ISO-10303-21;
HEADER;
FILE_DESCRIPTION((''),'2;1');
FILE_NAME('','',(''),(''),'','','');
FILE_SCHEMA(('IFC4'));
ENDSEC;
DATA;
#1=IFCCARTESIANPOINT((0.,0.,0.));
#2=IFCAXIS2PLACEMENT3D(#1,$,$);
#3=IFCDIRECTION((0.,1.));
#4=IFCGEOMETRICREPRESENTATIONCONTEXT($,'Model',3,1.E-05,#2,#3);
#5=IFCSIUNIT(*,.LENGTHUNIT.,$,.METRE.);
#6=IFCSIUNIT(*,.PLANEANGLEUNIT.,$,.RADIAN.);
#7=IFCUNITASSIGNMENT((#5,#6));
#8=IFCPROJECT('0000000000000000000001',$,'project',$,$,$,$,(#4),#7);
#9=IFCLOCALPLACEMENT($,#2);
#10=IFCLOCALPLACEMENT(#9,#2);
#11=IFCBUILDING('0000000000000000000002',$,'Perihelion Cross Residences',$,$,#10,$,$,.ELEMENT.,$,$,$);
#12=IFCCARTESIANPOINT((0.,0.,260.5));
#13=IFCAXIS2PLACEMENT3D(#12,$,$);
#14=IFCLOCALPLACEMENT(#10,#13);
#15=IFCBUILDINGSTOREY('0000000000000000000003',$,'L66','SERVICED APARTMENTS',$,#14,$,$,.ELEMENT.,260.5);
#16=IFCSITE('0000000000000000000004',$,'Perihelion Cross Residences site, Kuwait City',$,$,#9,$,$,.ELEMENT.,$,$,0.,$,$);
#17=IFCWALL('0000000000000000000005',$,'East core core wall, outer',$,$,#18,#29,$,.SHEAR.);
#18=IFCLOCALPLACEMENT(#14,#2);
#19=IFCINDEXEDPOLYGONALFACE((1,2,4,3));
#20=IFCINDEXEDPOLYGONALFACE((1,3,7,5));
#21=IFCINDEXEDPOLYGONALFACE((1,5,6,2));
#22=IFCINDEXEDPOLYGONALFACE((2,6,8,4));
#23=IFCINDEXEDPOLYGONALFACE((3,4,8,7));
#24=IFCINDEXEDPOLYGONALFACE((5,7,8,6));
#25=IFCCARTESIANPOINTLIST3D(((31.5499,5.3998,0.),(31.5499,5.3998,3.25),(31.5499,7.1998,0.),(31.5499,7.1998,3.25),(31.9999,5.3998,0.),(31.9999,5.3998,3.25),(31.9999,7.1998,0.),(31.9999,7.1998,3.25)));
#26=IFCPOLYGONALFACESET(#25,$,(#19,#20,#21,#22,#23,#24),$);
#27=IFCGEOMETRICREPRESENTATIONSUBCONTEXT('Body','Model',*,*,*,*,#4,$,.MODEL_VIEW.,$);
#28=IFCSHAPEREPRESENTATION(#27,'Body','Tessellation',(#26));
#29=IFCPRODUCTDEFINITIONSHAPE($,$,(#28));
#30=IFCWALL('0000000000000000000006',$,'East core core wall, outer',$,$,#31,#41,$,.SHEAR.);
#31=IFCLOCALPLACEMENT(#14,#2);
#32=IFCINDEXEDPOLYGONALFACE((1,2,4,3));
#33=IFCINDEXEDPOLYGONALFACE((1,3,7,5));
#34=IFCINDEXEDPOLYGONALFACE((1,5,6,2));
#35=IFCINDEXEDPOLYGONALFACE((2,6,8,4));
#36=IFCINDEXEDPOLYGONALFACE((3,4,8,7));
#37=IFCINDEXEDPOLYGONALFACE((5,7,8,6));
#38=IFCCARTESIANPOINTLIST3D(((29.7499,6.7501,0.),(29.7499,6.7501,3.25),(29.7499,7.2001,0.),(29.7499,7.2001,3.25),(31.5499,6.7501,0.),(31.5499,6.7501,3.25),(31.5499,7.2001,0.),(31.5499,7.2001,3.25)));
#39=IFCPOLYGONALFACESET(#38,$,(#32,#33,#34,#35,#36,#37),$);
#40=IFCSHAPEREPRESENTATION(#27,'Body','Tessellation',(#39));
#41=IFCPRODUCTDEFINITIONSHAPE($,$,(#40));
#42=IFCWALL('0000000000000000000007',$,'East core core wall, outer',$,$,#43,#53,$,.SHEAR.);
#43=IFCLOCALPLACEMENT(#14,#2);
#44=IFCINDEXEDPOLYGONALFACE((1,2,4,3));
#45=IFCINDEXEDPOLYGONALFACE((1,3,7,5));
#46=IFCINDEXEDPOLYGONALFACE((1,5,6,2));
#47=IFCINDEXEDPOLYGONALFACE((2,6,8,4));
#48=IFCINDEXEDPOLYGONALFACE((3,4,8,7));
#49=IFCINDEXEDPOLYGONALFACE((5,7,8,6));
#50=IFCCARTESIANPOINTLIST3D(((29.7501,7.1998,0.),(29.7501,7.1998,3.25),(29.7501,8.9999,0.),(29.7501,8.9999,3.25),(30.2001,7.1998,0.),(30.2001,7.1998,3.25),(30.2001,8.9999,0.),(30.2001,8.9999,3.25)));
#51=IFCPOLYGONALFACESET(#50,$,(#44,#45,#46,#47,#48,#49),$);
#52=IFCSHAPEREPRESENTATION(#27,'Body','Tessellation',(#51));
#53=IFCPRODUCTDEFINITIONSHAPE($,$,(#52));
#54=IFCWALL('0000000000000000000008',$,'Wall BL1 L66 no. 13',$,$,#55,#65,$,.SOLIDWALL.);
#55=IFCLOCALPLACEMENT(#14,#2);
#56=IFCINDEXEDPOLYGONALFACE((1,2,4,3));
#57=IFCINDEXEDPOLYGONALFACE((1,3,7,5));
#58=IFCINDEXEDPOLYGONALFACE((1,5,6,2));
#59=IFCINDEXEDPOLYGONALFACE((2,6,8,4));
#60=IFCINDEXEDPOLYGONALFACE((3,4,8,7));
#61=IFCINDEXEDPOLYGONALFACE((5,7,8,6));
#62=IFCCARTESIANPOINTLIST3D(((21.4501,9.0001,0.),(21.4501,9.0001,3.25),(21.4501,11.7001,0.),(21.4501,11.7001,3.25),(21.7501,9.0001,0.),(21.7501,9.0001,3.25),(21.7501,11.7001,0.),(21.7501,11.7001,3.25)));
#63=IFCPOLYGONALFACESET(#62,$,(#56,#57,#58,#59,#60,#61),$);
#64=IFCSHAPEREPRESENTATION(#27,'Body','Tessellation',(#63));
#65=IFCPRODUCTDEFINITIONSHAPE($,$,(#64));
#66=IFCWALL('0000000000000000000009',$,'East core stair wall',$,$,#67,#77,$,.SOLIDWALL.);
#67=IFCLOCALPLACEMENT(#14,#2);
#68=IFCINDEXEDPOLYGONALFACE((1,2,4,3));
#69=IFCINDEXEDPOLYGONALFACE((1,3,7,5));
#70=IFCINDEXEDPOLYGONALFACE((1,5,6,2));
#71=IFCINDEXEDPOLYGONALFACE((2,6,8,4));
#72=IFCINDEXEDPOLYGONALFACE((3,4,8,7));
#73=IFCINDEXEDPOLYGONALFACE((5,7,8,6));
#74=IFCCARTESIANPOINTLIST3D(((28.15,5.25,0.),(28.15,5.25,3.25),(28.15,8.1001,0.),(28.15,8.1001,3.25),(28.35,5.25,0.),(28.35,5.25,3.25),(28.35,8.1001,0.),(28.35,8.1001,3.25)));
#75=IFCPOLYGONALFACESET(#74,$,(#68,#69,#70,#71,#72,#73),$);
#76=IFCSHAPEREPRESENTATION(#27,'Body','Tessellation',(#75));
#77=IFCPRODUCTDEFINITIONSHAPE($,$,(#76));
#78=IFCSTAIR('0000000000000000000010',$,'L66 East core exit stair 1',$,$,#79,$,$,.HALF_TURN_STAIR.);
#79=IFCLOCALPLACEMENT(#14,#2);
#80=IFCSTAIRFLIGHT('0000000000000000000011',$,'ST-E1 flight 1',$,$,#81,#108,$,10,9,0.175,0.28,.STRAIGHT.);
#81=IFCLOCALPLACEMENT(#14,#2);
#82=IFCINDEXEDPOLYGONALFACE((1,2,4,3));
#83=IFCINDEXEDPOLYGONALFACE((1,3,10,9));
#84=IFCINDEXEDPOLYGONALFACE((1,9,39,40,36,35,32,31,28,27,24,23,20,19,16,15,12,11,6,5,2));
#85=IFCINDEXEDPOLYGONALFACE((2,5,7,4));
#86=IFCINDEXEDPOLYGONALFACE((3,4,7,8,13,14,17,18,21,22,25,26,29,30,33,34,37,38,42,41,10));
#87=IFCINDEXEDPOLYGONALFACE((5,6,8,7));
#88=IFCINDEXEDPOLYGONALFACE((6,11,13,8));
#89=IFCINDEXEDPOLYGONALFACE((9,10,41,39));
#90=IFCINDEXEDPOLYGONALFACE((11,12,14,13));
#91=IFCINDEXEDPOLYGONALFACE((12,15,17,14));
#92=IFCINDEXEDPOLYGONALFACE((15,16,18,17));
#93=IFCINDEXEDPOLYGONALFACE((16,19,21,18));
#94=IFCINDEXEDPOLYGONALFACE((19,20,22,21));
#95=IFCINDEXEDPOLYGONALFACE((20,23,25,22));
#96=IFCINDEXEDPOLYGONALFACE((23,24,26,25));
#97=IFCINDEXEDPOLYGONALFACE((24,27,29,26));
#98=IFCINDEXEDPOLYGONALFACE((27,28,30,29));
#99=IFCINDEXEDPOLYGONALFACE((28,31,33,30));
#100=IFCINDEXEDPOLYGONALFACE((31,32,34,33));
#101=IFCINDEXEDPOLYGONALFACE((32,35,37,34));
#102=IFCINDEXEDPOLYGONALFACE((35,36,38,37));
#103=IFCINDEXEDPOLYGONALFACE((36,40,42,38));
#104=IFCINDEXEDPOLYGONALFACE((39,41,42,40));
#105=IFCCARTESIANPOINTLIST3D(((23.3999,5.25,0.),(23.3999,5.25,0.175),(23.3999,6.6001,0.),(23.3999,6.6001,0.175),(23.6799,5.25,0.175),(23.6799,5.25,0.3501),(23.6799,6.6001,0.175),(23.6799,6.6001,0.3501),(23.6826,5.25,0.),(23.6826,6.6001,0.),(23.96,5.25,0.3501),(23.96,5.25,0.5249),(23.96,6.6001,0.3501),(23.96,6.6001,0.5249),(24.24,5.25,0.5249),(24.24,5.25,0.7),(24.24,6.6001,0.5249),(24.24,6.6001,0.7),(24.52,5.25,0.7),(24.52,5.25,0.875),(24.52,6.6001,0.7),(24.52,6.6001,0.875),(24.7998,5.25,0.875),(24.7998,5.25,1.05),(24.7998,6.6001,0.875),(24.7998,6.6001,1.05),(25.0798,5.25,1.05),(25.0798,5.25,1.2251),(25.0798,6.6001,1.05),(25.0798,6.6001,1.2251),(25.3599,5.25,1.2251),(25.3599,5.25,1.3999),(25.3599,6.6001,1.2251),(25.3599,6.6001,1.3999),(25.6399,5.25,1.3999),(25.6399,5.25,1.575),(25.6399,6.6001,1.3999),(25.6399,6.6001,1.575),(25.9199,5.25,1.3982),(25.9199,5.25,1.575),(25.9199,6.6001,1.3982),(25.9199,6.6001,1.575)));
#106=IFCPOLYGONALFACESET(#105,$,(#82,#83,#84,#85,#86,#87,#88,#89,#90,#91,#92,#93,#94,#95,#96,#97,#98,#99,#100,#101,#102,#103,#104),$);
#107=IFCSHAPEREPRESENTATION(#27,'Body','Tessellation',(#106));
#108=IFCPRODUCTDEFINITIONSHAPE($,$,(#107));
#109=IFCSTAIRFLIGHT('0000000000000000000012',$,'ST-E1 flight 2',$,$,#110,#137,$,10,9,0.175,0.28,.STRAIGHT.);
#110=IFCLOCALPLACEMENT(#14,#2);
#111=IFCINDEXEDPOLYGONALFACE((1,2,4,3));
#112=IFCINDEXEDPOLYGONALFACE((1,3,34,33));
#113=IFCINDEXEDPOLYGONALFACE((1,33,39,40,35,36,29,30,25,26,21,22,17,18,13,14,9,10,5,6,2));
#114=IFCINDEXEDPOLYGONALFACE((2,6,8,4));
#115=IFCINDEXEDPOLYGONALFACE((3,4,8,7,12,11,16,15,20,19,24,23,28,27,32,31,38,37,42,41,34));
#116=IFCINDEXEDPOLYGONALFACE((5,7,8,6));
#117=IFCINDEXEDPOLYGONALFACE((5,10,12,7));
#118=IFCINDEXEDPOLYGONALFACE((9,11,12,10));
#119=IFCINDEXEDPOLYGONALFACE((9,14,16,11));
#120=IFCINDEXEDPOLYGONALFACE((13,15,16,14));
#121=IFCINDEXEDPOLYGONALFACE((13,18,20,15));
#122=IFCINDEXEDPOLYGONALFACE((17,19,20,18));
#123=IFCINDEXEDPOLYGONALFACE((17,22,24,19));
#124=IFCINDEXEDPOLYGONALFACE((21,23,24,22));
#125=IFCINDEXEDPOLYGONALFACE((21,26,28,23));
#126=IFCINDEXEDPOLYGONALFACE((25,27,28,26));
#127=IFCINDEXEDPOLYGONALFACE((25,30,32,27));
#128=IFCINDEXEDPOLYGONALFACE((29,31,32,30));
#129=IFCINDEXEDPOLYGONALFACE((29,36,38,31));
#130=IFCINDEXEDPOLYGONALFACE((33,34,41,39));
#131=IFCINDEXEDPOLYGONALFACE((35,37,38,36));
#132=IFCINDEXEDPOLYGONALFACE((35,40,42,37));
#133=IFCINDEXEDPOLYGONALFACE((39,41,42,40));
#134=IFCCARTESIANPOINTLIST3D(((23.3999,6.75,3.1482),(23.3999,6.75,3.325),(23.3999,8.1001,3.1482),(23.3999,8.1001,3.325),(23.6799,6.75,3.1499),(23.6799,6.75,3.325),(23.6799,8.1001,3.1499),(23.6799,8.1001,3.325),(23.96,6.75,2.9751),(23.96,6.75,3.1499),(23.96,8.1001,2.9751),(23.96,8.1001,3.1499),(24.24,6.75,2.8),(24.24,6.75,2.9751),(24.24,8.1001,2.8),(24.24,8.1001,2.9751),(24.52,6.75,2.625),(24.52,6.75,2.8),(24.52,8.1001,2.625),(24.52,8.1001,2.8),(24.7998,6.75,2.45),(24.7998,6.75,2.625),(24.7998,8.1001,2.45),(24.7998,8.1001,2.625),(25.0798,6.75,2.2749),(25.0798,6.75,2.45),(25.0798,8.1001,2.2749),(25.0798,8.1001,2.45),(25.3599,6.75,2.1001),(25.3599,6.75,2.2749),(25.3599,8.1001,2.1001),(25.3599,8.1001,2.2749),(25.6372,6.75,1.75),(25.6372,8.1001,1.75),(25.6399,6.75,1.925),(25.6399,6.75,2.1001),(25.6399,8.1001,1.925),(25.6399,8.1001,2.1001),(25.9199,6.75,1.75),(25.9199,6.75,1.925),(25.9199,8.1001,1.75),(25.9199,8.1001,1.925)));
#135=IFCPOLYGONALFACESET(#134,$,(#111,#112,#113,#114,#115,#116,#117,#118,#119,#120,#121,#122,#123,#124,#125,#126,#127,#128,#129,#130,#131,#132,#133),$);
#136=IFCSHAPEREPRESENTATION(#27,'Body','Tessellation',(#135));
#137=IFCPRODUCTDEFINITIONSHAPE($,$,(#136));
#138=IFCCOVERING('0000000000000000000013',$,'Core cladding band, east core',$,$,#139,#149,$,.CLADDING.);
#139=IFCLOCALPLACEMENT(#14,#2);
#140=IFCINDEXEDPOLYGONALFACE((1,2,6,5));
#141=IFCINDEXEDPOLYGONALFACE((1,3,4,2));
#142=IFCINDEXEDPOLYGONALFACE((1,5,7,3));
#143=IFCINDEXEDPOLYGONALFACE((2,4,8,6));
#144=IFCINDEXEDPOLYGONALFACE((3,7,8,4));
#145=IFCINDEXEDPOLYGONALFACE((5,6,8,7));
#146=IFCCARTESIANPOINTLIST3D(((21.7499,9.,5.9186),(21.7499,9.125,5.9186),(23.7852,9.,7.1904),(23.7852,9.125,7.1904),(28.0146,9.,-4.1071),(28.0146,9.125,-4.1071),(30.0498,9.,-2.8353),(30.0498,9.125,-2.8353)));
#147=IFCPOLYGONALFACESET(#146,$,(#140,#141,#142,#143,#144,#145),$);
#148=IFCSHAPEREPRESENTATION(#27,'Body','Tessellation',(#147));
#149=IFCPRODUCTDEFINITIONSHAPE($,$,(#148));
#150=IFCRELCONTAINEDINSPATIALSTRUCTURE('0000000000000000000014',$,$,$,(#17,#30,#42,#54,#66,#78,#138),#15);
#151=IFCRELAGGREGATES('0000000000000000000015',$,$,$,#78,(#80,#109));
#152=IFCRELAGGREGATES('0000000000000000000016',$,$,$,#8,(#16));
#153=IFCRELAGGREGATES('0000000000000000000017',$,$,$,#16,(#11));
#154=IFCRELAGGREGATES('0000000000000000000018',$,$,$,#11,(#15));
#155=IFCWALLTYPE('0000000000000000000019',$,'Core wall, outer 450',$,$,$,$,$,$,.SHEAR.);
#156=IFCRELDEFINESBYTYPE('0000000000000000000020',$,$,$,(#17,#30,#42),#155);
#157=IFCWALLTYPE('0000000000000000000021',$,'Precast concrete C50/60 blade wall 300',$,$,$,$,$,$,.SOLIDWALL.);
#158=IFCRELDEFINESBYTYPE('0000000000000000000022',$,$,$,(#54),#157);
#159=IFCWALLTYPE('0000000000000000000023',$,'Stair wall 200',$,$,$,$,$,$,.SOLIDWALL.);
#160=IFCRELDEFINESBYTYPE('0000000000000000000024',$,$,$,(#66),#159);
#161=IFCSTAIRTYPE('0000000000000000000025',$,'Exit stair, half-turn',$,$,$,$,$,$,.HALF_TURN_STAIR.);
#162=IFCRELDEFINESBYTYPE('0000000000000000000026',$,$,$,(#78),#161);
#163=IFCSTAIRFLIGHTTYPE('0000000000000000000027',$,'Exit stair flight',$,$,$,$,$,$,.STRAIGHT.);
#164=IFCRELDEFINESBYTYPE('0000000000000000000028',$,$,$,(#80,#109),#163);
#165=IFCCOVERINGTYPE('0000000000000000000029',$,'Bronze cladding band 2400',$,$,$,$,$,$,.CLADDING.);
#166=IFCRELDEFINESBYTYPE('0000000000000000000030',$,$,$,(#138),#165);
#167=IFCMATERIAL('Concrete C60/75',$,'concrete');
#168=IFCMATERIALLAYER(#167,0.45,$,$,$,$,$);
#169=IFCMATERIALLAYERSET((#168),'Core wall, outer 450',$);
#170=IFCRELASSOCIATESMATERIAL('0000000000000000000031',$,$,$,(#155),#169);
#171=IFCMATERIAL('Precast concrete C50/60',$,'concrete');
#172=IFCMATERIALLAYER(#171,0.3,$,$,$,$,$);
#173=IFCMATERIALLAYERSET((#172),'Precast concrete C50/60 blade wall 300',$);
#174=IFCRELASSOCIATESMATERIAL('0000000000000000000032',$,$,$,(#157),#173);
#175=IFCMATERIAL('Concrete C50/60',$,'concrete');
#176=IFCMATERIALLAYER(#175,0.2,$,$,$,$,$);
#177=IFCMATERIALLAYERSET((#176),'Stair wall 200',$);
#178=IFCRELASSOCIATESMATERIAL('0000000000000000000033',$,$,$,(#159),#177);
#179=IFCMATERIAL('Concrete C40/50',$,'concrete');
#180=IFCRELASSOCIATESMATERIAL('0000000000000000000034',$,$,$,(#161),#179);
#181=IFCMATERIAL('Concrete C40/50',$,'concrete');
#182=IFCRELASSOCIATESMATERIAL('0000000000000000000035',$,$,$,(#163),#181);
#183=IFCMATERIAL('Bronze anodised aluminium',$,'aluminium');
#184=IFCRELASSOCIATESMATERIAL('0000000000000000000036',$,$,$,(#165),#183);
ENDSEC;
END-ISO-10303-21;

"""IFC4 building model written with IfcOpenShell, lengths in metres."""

from ifc_helpers import new_model, si_unit, direction, frame, frame_2d, origin, origin_2d, place, context, subcontext, project, spatial, polyline, rectangle, outline, extrude, material, layer, layer_set, material_profile, profile_set, type_object, element, aggregate, save


model = new_model("IFC4")

# Units and contexts
model_context = context("Model", 3, precision=1e-05, world=origin(), true_north=direction((0.0, 1.0)))
body_context = subcontext(model_context, "Body", "Model", "MODEL_VIEW")
ifc_project = project(units=[si_unit("LENGTHUNIT", "METRE"), si_unit("PLANEANGLEUNIT", "RADIAN")], contexts=[model_context])

# Site, building, storey
site_placement = place(None, origin())
site = spatial("IfcSite", under=ifc_project, at=site_placement, Name="Perihelion Cross Residences site, Kuwait City", CompositionType="ELEMENT", RefElevation=0.0)
building_placement = place(site_placement, origin())
building = spatial("IfcBuilding", under=site, at=building_placement, Name="Perihelion Cross Residences", CompositionType="ELEMENT")
storey_placement = place(building_placement, frame((0.0, 0.0, 260.5)))
storey = spatial("IfcBuildingStorey", under=building, at=storey_placement, Name="L66", Description="SERVICED APARTMENTS", CompositionType="ELEMENT", Elevation=260.5)

# Walls
ifc_material_1 = material(Name="Concrete C60/75", Category="concrete")
ifc_layer_1 = layer(ifc_material_1, 0.45)
ifc_layer_set_1 = layer_set([ifc_layer_1], Name="Core wall, outer 450")
wall_type_1 = type_object("IfcWallType", Name="Core wall, outer 450", PredefinedType="SHEAR", material=ifc_layer_set_1)
for number, where, z_axis, x_axis, name in (
    (1, (31.7749, 5.3999, 0.0), (0.0, 0.0, 1.0), (0.0, 1.0, 0.0), "East core core wall, outer"),
    (2, (29.75, 6.9751, 0.0), (0.0, 0.0, 1.0), (1.0, 0.0, 0.0), "East core core wall, outer"),
    (3, (29.9751, 7.2, 0.0), (0.0, 0.0, 1.0), (0.0, 1.0, 0.0), "East core core wall, outer"),
):
    element("IfcWall", number, at=place(storey_placement, frame(where, z_axis=z_axis, x_axis=x_axis)), inside=storey, type_object=wall_type_1, Name=name, PredefinedType="SHEAR", context=body_context, shape_type="SweptSolid", body=[
        extrude(rectangle(XDim=1.8, YDim=0.45, at=frame_2d((0.8999, 0.0))), origin(), (0.0, 0.0, 1.0), 3.25),
    ])
ifc_material_2 = material(Name="Precast concrete C50/60", Category="concrete")
ifc_layer_2 = layer(ifc_material_2, 0.3)
ifc_layer_set_2 = layer_set([ifc_layer_2], Name="Precast concrete C50/60 blade wall 300")
wall_type_2 = type_object("IfcWallType", Name="Precast concrete C50/60 blade wall 300", PredefinedType="SOLIDWALL", material=ifc_layer_set_2)
wall_1_placement = place(storey_placement, frame((21.6001, 9.0, 0.0), z_axis=(0.0, 0.0, 1.0), x_axis=(0.0, 1.0, 0.0)))
element("IfcWall", 4, at=wall_1_placement, inside=storey, type_object=wall_type_2, Name="Wall BL1 L66 no. 13", PredefinedType="SOLIDWALL", context=body_context, shape_type="SweptSolid", body=[
    extrude(rectangle(XDim=2.7, YDim=0.3, at=frame_2d((1.3501, 0.0))), origin(), (0.0, 0.0, 1.0), 3.25),
])
ifc_material_3 = material(Name="Concrete C50/60", Category="concrete")
ifc_layer_3 = layer(ifc_material_3, 0.2)
ifc_layer_set_3 = layer_set([ifc_layer_3], Name="Stair wall 200")
wall_type_3 = type_object("IfcWallType", Name="Stair wall 200", PredefinedType="SOLIDWALL", material=ifc_layer_set_3)
wall_2_placement = place(storey_placement, frame((28.25, 5.25, 0.0), z_axis=(0.0, 0.0, 1.0), x_axis=(0.0, 1.0, 0.0)))
element("IfcWall", 5, at=wall_2_placement, inside=storey, type_object=wall_type_3, Name="East core stair wall", PredefinedType="SOLIDWALL", context=body_context, shape_type="SweptSolid", body=[
    extrude(rectangle(XDim=2.8501, YDim=0.2, at=frame_2d((1.425, 0.0))), origin(), (0.0, 0.0, 1.0), 3.25),
])

# Stair, stair flights
ifc_material_4 = material(Name="Concrete C40/50", Category="concrete")
stair_type = type_object("IfcStairType", Name="Exit stair, half-turn", PredefinedType="HALF_TURN_STAIR", material=ifc_material_4)
stair_placement = place(storey_placement, origin())
stair = element("IfcStair", 6, at=stair_placement, inside=storey, type_object=stair_type, Name="L66 East core exit stair 1", PredefinedType="HALF_TURN_STAIR")
ifc_material_5 = material(Name="Concrete C40/50", Category="concrete")
stair_flight_type = type_object("IfcStairFlightType", Name="Exit stair flight", PredefinedType="STRAIGHT", material=ifc_material_5)
stair_flight_1_placement = place(storey_placement, frame((23.3999, 5.925, 0.0), z_axis=(0.0, 0.0, 1.0), x_axis=(1.0, 0.0, 0.0)))
stair_flight_1 = element("IfcStairFlight", 7, at=stair_flight_1_placement, type_object=stair_flight_type, Name="ST-E1 flight 1", NumberOfRisers=10, NumberOfTreads=9, PredefinedType="STRAIGHT", RiserHeight=0.175, TreadLength=0.28, context=body_context, shape_type="SweptSolid", body=[
    extrude(outline(polyline([(0.0, 0.0), (0.0, 0.175), (0.28, 0.175), (0.28, 0.3501), (0.5601, 0.3501), (0.5601, 0.5249), (0.8401, 0.5249), (0.8401, 0.7), (1.1201, 0.7), (1.1201, 0.875), (1.3999, 0.875), (1.3999, 1.05), (1.6799, 1.05), (1.6799, 1.2251), (1.96, 1.2251), (1.96, 1.3999), (2.24, 1.3999), (2.24, 1.575), (2.52, 1.575), (2.52, 1.75), (2.52, 1.3982), (0.2827, 0.0), (0.0, 0.0)])), frame((0.0, 0.675, 0.0), z_axis=(0.0, -1.0, 0.0), x_axis=(1.0, 0.0, 0.0)), (0.0, 0.0, 1.0), 1.3501),
])
stair_flight_2_placement = place(storey_placement, frame((25.9199, 7.425, 1.75), z_axis=(0.0, 0.0, 1.0), x_axis=(-1.0, 0.0, 0.0)))
stair_flight_2 = element("IfcStairFlight", 8, at=stair_flight_2_placement, type_object=stair_flight_type, Name="ST-E1 flight 2", NumberOfRisers=10, NumberOfTreads=9, PredefinedType="STRAIGHT", RiserHeight=0.175, TreadLength=0.28, context=body_context, shape_type="SweptSolid", body=[
    extrude(outline(polyline([(0.0, 0.0), (0.0, 0.175), (0.28, 0.175), (0.28, 0.3501), (0.5601, 0.3501), (0.5601, 0.5249), (0.8401, 0.5249), (0.8401, 0.7), (1.1201, 0.7), (1.1201, 0.875), (1.3999, 0.875), (1.3999, 1.05), (1.6799, 1.05), (1.6799, 1.2251), (1.96, 1.2251), (1.96, 1.3999), (2.24, 1.3999), (2.24, 1.575), (2.52, 1.575), (2.52, 1.75), (2.52, 1.3982), (0.2827, 0.0), (0.0, 0.0)])), frame((0.0, 0.675, 0.0), z_axis=(0.0, -1.0, 0.0), x_axis=(1.0, 0.0, 0.0)), (0.0, 0.0, 1.0), 1.3501),
])
aggregate(stair, [stair_flight_1, stair_flight_2])

# Covering
ifc_material_6 = material(Name="Bronze anodised aluminium", Category="aluminium")
ifc_material_profile = material_profile(ifc_material_6, rectangle(XDim=0.125, YDim=2.3999, at=origin_2d()), Name="Bronze cladding band 2400")
ifc_profile_set = profile_set([ifc_material_profile], Name="Bronze anodised aluminium")
covering_type = type_object("IfcCoveringType", Name="Bronze cladding band 2400", PredefinedType="CLADDING", material=ifc_profile_set)
covering_placement = place(storey_placement, frame((29.0322, 9.0625, -3.4712), z_axis=(-0.529915, 0.0, 0.848051), x_axis=(0.0, -1.0, 0.0)))
element("IfcCovering", 9, at=covering_placement, inside=storey, type_object=covering_type, Name="Core cladding band, east core", PredefinedType="CLADDING", context=body_context, shape_type="SweptSolid", body=[
    extrude(rectangle(XDim=0.125, YDim=2.3999, at=origin_2d()), origin(), (0.0, 0.0, 1.0), 11.822),
])

save(model, "model.ifc")
